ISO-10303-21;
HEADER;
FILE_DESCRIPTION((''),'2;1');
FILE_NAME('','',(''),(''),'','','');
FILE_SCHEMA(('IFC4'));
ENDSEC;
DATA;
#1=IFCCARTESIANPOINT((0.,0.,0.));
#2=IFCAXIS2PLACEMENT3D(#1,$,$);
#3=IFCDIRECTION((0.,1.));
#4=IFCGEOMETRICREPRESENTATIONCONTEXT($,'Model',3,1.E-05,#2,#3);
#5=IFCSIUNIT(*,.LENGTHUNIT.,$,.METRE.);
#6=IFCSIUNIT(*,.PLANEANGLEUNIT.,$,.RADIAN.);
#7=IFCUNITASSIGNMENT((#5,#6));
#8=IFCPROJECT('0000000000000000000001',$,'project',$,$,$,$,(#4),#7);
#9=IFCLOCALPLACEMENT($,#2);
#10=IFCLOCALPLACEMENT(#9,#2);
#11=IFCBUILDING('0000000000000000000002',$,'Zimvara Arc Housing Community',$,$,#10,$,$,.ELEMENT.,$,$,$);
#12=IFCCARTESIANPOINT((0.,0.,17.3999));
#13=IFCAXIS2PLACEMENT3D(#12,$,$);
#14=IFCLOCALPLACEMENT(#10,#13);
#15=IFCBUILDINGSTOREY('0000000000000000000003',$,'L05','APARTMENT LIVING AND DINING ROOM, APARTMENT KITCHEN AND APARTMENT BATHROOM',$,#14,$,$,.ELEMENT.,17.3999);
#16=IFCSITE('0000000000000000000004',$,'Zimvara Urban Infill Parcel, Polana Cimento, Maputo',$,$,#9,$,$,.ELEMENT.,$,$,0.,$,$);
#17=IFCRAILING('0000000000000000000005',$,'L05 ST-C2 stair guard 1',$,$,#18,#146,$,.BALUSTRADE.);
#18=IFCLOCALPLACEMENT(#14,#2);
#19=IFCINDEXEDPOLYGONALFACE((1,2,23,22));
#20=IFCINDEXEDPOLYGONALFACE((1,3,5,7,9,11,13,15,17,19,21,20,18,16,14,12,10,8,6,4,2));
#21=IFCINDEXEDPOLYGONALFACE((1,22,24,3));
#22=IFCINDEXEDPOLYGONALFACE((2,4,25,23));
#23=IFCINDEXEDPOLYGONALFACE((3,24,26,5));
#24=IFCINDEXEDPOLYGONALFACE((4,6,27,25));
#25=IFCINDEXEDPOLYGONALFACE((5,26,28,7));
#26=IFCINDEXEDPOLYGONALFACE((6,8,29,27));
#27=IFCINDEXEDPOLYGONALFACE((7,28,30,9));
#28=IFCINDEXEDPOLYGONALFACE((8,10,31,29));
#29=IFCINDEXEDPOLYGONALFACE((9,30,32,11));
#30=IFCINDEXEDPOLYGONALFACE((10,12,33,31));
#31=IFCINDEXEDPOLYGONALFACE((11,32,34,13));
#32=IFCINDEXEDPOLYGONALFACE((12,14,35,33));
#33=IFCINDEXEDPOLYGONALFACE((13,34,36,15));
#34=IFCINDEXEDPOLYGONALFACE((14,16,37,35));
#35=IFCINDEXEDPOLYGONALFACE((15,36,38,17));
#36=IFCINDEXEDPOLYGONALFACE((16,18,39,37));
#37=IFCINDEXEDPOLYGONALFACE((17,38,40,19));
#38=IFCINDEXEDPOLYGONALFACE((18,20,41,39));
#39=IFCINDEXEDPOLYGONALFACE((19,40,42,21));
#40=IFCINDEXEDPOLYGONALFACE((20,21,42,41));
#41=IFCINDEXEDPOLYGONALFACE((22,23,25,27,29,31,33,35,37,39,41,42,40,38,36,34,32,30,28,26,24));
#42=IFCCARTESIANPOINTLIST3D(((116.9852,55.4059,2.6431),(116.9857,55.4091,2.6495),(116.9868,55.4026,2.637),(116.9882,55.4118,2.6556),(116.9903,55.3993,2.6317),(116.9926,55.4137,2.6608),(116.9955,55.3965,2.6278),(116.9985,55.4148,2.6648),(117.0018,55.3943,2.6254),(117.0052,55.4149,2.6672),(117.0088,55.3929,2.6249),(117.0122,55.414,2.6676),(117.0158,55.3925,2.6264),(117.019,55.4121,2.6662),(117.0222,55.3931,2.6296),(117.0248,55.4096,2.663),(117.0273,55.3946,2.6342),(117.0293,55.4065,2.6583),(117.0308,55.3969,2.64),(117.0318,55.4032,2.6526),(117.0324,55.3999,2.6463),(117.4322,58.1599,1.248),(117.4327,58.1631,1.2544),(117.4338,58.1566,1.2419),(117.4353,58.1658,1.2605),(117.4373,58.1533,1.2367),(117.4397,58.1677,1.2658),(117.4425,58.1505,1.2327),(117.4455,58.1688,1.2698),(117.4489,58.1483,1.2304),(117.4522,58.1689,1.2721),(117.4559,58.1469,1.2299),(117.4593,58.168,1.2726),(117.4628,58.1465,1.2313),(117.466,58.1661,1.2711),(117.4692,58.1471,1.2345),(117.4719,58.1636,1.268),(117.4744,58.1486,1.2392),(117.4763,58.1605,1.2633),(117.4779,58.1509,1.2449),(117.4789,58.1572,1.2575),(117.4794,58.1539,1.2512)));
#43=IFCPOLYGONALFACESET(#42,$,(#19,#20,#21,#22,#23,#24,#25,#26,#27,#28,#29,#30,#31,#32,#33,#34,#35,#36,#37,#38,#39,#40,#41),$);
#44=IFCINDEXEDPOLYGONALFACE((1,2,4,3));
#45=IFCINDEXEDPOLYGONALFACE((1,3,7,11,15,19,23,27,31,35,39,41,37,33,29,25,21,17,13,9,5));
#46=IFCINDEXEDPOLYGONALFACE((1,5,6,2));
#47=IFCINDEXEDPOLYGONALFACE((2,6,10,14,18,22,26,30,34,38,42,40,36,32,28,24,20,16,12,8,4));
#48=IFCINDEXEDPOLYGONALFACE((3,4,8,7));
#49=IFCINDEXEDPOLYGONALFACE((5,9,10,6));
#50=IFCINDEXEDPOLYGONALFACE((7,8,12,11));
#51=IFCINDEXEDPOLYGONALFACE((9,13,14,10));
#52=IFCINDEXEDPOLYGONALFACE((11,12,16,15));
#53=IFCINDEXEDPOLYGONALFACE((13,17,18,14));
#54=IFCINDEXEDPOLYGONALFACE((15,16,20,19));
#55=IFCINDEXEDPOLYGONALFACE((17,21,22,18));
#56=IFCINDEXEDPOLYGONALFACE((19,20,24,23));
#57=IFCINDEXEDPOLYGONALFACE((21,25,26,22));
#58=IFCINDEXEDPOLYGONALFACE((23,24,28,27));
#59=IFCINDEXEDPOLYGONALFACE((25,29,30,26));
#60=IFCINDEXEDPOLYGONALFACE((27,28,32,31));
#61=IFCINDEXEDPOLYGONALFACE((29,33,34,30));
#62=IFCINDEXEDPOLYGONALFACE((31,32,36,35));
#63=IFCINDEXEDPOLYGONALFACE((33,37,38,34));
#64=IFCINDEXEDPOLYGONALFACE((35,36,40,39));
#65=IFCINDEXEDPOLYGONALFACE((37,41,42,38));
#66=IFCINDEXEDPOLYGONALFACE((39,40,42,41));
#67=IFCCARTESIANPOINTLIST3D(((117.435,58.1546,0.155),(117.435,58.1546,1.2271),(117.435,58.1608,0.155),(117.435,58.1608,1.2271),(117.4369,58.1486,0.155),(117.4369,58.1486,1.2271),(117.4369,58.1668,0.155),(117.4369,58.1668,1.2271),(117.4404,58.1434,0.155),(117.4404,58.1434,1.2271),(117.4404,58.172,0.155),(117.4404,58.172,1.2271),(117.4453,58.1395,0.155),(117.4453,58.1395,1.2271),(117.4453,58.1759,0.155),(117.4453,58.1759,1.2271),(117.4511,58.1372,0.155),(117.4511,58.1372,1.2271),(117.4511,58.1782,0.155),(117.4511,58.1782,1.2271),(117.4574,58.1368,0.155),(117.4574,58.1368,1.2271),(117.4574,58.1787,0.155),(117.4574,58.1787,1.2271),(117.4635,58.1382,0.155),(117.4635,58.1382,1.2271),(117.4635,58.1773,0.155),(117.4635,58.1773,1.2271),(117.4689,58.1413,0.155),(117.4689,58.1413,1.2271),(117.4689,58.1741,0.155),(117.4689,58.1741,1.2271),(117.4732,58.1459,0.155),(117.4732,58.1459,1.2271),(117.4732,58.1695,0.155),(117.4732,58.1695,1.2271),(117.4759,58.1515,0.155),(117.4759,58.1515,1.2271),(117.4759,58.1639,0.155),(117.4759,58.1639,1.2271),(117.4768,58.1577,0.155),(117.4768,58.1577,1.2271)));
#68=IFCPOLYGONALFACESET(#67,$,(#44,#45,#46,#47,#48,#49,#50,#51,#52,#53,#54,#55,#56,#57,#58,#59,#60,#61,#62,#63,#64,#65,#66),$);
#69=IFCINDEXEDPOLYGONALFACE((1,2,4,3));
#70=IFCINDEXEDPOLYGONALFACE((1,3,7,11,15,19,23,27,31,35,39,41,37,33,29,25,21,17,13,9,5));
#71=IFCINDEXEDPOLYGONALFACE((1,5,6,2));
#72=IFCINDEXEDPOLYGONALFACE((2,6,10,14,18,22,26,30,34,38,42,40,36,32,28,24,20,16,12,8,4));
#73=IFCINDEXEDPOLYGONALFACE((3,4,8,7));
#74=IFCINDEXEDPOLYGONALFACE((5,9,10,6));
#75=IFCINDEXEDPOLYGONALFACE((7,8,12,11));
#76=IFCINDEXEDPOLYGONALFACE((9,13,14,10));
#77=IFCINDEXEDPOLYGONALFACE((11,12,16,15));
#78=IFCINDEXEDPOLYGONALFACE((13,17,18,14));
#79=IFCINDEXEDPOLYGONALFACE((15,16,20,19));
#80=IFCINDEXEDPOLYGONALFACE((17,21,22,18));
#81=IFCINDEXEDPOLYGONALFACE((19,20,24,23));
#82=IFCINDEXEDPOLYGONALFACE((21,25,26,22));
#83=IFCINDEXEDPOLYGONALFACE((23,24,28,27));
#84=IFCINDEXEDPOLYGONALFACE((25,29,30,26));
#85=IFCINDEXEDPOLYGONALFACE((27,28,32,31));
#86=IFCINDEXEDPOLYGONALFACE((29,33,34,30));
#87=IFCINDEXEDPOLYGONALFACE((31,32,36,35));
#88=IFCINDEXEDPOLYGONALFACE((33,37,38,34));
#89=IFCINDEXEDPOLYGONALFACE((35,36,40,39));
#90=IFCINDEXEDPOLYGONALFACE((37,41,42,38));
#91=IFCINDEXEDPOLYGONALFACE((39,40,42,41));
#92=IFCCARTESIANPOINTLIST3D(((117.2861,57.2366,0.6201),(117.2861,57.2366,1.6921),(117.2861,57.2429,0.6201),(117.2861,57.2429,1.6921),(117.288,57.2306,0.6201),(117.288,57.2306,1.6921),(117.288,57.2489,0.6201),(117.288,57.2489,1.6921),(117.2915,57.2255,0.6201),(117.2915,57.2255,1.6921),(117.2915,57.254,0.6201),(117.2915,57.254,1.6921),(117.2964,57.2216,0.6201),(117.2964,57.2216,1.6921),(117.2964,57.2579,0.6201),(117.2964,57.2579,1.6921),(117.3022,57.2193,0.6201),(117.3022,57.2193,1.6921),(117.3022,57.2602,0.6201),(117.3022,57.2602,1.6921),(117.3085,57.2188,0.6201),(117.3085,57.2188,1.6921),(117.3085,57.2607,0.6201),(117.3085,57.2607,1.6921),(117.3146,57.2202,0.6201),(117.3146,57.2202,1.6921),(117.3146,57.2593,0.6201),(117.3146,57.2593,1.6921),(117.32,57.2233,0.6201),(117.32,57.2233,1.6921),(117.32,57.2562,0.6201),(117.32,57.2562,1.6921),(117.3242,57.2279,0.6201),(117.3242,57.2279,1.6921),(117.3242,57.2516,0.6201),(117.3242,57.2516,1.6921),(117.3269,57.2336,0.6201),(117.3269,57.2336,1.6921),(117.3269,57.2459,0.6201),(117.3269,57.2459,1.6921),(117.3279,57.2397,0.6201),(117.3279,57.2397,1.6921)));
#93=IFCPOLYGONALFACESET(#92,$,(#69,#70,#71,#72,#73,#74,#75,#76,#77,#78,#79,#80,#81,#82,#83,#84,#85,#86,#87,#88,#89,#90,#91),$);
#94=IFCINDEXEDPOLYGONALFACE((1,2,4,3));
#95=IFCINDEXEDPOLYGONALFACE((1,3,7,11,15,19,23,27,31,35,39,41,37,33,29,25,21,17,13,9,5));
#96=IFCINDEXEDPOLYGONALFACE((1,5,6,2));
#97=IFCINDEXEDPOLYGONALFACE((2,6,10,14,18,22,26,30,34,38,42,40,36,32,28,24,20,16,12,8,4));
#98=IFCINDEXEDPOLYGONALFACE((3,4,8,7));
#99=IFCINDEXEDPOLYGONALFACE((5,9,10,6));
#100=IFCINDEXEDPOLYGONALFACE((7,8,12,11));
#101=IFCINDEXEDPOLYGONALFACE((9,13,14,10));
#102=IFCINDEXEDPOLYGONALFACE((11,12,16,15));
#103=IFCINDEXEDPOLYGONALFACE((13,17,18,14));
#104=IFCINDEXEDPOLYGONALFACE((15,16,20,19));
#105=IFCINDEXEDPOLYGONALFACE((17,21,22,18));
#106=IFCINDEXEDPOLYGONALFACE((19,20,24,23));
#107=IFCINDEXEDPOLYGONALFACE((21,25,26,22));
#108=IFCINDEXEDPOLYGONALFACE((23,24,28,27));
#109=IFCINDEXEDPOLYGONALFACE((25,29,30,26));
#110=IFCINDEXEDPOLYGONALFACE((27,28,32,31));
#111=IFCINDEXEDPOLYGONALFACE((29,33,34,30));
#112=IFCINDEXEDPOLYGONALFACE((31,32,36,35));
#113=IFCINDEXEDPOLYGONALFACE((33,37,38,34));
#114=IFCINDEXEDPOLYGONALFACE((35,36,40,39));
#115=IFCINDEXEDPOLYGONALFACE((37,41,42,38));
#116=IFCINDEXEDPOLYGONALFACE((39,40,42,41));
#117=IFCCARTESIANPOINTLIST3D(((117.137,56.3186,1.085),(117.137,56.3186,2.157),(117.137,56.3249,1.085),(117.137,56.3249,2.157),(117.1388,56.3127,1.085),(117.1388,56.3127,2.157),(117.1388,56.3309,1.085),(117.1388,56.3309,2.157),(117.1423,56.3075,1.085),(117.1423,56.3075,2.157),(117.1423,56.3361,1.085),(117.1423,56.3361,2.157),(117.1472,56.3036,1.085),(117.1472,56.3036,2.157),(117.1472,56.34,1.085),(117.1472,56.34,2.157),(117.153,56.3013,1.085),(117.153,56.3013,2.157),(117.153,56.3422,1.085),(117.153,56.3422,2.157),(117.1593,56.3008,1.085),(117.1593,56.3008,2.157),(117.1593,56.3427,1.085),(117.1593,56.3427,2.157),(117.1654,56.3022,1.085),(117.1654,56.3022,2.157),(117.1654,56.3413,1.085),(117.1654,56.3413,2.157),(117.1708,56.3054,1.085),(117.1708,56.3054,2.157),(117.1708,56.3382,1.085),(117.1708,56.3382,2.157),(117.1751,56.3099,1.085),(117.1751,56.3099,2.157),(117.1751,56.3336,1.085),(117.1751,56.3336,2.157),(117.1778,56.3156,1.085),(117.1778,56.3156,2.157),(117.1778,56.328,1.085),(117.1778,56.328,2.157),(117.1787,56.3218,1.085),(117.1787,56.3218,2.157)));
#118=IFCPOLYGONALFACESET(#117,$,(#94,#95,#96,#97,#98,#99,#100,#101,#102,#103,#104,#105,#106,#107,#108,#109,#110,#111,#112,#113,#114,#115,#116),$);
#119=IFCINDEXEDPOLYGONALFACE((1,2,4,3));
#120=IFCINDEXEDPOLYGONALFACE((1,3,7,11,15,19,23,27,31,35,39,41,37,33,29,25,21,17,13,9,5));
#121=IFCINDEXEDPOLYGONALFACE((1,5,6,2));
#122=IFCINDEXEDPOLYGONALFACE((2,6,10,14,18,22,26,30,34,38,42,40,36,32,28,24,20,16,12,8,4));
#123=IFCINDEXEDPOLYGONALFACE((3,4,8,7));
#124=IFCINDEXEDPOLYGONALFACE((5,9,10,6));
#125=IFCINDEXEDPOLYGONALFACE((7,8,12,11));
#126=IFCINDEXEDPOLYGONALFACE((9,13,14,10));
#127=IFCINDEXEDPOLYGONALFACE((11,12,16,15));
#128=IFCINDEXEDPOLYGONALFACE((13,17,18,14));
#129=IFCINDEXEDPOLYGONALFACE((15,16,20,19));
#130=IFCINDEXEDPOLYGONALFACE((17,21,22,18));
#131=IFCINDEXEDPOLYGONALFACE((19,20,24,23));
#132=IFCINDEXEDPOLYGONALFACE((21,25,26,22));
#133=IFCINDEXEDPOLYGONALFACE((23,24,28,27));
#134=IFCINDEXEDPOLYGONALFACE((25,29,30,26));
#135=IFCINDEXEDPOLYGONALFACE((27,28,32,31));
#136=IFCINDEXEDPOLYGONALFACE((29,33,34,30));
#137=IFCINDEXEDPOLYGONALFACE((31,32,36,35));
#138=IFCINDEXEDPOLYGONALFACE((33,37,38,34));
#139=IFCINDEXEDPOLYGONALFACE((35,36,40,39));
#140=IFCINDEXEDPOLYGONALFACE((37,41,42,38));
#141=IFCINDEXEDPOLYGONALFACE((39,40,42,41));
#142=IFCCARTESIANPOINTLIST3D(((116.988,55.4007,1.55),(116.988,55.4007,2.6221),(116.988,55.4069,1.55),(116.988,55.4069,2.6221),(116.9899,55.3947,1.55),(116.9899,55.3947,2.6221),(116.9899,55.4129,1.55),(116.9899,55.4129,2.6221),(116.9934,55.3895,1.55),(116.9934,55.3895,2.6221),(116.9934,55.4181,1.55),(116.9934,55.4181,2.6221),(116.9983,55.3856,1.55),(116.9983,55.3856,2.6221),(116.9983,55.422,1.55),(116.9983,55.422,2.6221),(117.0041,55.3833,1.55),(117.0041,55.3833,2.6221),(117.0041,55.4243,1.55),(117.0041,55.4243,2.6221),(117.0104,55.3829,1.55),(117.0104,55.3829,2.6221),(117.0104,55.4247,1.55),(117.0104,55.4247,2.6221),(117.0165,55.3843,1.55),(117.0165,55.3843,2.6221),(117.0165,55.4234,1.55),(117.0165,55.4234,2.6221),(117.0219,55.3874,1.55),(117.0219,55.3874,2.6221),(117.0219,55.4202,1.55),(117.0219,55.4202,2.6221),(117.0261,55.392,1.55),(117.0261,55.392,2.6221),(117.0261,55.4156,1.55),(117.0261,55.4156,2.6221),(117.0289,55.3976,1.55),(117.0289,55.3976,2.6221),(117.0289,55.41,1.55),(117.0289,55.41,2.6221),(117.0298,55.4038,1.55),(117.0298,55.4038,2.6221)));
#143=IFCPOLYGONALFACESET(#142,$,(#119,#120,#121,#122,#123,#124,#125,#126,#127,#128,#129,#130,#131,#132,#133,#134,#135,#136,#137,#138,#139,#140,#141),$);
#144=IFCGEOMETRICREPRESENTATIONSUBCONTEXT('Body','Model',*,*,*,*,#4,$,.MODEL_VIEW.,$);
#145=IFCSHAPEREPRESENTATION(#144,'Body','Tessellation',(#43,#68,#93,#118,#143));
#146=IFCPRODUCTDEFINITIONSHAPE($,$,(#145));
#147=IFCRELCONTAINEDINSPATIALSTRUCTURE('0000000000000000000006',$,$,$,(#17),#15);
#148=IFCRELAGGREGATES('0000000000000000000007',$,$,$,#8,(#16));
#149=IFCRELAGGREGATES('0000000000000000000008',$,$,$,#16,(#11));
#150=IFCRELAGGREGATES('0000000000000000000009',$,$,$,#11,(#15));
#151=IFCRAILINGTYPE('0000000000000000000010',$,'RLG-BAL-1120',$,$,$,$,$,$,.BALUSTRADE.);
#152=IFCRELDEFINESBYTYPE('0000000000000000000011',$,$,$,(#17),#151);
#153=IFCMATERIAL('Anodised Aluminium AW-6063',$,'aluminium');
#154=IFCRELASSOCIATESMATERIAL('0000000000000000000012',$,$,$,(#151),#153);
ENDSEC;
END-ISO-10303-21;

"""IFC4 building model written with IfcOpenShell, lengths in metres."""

from ifc_helpers import new_model, si_unit, direction, frame, origin, origin_2d, place, context, subcontext, project, spatial, circle, extrude, material, type_object, element, save


model = new_model("IFC4")

# Units and contexts
model_context = context("Model", 3, precision=1e-05, world=origin(), true_north=direction((0.0, 1.0)))
body_context = subcontext(model_context, "Body", "Model", "MODEL_VIEW")
ifc_project = project(units=[si_unit("LENGTHUNIT", "METRE"), si_unit("PLANEANGLEUNIT", "RADIAN")], contexts=[model_context])

# Site, building, storey
site_placement = place(None, origin())
site = spatial("IfcSite", under=ifc_project, at=site_placement, Name="Zimvara Urban Infill Parcel, Polana Cimento, Maputo", CompositionType="ELEMENT", RefElevation=0.0)
building_placement = place(site_placement, origin())
building = spatial("IfcBuilding", under=site, at=building_placement, Name="Zimvara Arc Housing Community", CompositionType="ELEMENT")
storey_placement = place(building_placement, frame((0.0, 0.0, 17.3999)))
storey = spatial("IfcBuildingStorey", under=building, at=storey_placement, Name="L05", Description="APARTMENT LIVING AND DINING ROOM, APARTMENT KITCHEN AND APARTMENT BATHROOM", CompositionType="ELEMENT", Elevation=17.3999)

# Railing
ifc_material_1 = material(Name="Anodised Aluminium AW-6063", Category="aluminium")
railing_type_1 = type_object("IfcRailingType", Name="RLG-BAL-1120", PredefinedType="BALUSTRADE", material=ifc_material_1)
railing_1_placement = place(storey_placement, frame((117.4558, 58.1577, 0.155)))
element("IfcRailing", 1, at=railing_1_placement, inside=storey, type_object=railing_type_1, Name="L05 ST-C2 stair guard 1", PredefinedType="BALUSTRADE", context=body_context, shape_type="SweptSolid", body=[
    extrude(circle(Radius=0.0239, at=origin_2d()), frame((0.0, 0.0, 1.0962), z_axis=(-0.143309, -0.882866, 0.447225), x_axis=(0.98708, -0.160226, 0.0)), (0.0, 0.0, 1.0), 3.1194),
    extrude(circle(Radius=0.021, at=origin_2d()), origin(), (0.0, 0.0, 1.0), 1.072),
    extrude(circle(Radius=0.021, at=origin_2d()), frame((-0.1489, -0.918, 0.4651)), (0.0, 0.0, 1.0), 1.072),
    extrude(circle(Radius=0.021, at=origin_2d()), frame((-0.2981, -1.8359, 0.9299)), (0.0, 0.0, 1.0), 1.072),
    extrude(circle(Radius=0.021, at=origin_2d()), frame((-0.447, -2.7539, 1.395)), (0.0, 0.0, 1.0), 1.072),
])

save(model, "model.ifc")
